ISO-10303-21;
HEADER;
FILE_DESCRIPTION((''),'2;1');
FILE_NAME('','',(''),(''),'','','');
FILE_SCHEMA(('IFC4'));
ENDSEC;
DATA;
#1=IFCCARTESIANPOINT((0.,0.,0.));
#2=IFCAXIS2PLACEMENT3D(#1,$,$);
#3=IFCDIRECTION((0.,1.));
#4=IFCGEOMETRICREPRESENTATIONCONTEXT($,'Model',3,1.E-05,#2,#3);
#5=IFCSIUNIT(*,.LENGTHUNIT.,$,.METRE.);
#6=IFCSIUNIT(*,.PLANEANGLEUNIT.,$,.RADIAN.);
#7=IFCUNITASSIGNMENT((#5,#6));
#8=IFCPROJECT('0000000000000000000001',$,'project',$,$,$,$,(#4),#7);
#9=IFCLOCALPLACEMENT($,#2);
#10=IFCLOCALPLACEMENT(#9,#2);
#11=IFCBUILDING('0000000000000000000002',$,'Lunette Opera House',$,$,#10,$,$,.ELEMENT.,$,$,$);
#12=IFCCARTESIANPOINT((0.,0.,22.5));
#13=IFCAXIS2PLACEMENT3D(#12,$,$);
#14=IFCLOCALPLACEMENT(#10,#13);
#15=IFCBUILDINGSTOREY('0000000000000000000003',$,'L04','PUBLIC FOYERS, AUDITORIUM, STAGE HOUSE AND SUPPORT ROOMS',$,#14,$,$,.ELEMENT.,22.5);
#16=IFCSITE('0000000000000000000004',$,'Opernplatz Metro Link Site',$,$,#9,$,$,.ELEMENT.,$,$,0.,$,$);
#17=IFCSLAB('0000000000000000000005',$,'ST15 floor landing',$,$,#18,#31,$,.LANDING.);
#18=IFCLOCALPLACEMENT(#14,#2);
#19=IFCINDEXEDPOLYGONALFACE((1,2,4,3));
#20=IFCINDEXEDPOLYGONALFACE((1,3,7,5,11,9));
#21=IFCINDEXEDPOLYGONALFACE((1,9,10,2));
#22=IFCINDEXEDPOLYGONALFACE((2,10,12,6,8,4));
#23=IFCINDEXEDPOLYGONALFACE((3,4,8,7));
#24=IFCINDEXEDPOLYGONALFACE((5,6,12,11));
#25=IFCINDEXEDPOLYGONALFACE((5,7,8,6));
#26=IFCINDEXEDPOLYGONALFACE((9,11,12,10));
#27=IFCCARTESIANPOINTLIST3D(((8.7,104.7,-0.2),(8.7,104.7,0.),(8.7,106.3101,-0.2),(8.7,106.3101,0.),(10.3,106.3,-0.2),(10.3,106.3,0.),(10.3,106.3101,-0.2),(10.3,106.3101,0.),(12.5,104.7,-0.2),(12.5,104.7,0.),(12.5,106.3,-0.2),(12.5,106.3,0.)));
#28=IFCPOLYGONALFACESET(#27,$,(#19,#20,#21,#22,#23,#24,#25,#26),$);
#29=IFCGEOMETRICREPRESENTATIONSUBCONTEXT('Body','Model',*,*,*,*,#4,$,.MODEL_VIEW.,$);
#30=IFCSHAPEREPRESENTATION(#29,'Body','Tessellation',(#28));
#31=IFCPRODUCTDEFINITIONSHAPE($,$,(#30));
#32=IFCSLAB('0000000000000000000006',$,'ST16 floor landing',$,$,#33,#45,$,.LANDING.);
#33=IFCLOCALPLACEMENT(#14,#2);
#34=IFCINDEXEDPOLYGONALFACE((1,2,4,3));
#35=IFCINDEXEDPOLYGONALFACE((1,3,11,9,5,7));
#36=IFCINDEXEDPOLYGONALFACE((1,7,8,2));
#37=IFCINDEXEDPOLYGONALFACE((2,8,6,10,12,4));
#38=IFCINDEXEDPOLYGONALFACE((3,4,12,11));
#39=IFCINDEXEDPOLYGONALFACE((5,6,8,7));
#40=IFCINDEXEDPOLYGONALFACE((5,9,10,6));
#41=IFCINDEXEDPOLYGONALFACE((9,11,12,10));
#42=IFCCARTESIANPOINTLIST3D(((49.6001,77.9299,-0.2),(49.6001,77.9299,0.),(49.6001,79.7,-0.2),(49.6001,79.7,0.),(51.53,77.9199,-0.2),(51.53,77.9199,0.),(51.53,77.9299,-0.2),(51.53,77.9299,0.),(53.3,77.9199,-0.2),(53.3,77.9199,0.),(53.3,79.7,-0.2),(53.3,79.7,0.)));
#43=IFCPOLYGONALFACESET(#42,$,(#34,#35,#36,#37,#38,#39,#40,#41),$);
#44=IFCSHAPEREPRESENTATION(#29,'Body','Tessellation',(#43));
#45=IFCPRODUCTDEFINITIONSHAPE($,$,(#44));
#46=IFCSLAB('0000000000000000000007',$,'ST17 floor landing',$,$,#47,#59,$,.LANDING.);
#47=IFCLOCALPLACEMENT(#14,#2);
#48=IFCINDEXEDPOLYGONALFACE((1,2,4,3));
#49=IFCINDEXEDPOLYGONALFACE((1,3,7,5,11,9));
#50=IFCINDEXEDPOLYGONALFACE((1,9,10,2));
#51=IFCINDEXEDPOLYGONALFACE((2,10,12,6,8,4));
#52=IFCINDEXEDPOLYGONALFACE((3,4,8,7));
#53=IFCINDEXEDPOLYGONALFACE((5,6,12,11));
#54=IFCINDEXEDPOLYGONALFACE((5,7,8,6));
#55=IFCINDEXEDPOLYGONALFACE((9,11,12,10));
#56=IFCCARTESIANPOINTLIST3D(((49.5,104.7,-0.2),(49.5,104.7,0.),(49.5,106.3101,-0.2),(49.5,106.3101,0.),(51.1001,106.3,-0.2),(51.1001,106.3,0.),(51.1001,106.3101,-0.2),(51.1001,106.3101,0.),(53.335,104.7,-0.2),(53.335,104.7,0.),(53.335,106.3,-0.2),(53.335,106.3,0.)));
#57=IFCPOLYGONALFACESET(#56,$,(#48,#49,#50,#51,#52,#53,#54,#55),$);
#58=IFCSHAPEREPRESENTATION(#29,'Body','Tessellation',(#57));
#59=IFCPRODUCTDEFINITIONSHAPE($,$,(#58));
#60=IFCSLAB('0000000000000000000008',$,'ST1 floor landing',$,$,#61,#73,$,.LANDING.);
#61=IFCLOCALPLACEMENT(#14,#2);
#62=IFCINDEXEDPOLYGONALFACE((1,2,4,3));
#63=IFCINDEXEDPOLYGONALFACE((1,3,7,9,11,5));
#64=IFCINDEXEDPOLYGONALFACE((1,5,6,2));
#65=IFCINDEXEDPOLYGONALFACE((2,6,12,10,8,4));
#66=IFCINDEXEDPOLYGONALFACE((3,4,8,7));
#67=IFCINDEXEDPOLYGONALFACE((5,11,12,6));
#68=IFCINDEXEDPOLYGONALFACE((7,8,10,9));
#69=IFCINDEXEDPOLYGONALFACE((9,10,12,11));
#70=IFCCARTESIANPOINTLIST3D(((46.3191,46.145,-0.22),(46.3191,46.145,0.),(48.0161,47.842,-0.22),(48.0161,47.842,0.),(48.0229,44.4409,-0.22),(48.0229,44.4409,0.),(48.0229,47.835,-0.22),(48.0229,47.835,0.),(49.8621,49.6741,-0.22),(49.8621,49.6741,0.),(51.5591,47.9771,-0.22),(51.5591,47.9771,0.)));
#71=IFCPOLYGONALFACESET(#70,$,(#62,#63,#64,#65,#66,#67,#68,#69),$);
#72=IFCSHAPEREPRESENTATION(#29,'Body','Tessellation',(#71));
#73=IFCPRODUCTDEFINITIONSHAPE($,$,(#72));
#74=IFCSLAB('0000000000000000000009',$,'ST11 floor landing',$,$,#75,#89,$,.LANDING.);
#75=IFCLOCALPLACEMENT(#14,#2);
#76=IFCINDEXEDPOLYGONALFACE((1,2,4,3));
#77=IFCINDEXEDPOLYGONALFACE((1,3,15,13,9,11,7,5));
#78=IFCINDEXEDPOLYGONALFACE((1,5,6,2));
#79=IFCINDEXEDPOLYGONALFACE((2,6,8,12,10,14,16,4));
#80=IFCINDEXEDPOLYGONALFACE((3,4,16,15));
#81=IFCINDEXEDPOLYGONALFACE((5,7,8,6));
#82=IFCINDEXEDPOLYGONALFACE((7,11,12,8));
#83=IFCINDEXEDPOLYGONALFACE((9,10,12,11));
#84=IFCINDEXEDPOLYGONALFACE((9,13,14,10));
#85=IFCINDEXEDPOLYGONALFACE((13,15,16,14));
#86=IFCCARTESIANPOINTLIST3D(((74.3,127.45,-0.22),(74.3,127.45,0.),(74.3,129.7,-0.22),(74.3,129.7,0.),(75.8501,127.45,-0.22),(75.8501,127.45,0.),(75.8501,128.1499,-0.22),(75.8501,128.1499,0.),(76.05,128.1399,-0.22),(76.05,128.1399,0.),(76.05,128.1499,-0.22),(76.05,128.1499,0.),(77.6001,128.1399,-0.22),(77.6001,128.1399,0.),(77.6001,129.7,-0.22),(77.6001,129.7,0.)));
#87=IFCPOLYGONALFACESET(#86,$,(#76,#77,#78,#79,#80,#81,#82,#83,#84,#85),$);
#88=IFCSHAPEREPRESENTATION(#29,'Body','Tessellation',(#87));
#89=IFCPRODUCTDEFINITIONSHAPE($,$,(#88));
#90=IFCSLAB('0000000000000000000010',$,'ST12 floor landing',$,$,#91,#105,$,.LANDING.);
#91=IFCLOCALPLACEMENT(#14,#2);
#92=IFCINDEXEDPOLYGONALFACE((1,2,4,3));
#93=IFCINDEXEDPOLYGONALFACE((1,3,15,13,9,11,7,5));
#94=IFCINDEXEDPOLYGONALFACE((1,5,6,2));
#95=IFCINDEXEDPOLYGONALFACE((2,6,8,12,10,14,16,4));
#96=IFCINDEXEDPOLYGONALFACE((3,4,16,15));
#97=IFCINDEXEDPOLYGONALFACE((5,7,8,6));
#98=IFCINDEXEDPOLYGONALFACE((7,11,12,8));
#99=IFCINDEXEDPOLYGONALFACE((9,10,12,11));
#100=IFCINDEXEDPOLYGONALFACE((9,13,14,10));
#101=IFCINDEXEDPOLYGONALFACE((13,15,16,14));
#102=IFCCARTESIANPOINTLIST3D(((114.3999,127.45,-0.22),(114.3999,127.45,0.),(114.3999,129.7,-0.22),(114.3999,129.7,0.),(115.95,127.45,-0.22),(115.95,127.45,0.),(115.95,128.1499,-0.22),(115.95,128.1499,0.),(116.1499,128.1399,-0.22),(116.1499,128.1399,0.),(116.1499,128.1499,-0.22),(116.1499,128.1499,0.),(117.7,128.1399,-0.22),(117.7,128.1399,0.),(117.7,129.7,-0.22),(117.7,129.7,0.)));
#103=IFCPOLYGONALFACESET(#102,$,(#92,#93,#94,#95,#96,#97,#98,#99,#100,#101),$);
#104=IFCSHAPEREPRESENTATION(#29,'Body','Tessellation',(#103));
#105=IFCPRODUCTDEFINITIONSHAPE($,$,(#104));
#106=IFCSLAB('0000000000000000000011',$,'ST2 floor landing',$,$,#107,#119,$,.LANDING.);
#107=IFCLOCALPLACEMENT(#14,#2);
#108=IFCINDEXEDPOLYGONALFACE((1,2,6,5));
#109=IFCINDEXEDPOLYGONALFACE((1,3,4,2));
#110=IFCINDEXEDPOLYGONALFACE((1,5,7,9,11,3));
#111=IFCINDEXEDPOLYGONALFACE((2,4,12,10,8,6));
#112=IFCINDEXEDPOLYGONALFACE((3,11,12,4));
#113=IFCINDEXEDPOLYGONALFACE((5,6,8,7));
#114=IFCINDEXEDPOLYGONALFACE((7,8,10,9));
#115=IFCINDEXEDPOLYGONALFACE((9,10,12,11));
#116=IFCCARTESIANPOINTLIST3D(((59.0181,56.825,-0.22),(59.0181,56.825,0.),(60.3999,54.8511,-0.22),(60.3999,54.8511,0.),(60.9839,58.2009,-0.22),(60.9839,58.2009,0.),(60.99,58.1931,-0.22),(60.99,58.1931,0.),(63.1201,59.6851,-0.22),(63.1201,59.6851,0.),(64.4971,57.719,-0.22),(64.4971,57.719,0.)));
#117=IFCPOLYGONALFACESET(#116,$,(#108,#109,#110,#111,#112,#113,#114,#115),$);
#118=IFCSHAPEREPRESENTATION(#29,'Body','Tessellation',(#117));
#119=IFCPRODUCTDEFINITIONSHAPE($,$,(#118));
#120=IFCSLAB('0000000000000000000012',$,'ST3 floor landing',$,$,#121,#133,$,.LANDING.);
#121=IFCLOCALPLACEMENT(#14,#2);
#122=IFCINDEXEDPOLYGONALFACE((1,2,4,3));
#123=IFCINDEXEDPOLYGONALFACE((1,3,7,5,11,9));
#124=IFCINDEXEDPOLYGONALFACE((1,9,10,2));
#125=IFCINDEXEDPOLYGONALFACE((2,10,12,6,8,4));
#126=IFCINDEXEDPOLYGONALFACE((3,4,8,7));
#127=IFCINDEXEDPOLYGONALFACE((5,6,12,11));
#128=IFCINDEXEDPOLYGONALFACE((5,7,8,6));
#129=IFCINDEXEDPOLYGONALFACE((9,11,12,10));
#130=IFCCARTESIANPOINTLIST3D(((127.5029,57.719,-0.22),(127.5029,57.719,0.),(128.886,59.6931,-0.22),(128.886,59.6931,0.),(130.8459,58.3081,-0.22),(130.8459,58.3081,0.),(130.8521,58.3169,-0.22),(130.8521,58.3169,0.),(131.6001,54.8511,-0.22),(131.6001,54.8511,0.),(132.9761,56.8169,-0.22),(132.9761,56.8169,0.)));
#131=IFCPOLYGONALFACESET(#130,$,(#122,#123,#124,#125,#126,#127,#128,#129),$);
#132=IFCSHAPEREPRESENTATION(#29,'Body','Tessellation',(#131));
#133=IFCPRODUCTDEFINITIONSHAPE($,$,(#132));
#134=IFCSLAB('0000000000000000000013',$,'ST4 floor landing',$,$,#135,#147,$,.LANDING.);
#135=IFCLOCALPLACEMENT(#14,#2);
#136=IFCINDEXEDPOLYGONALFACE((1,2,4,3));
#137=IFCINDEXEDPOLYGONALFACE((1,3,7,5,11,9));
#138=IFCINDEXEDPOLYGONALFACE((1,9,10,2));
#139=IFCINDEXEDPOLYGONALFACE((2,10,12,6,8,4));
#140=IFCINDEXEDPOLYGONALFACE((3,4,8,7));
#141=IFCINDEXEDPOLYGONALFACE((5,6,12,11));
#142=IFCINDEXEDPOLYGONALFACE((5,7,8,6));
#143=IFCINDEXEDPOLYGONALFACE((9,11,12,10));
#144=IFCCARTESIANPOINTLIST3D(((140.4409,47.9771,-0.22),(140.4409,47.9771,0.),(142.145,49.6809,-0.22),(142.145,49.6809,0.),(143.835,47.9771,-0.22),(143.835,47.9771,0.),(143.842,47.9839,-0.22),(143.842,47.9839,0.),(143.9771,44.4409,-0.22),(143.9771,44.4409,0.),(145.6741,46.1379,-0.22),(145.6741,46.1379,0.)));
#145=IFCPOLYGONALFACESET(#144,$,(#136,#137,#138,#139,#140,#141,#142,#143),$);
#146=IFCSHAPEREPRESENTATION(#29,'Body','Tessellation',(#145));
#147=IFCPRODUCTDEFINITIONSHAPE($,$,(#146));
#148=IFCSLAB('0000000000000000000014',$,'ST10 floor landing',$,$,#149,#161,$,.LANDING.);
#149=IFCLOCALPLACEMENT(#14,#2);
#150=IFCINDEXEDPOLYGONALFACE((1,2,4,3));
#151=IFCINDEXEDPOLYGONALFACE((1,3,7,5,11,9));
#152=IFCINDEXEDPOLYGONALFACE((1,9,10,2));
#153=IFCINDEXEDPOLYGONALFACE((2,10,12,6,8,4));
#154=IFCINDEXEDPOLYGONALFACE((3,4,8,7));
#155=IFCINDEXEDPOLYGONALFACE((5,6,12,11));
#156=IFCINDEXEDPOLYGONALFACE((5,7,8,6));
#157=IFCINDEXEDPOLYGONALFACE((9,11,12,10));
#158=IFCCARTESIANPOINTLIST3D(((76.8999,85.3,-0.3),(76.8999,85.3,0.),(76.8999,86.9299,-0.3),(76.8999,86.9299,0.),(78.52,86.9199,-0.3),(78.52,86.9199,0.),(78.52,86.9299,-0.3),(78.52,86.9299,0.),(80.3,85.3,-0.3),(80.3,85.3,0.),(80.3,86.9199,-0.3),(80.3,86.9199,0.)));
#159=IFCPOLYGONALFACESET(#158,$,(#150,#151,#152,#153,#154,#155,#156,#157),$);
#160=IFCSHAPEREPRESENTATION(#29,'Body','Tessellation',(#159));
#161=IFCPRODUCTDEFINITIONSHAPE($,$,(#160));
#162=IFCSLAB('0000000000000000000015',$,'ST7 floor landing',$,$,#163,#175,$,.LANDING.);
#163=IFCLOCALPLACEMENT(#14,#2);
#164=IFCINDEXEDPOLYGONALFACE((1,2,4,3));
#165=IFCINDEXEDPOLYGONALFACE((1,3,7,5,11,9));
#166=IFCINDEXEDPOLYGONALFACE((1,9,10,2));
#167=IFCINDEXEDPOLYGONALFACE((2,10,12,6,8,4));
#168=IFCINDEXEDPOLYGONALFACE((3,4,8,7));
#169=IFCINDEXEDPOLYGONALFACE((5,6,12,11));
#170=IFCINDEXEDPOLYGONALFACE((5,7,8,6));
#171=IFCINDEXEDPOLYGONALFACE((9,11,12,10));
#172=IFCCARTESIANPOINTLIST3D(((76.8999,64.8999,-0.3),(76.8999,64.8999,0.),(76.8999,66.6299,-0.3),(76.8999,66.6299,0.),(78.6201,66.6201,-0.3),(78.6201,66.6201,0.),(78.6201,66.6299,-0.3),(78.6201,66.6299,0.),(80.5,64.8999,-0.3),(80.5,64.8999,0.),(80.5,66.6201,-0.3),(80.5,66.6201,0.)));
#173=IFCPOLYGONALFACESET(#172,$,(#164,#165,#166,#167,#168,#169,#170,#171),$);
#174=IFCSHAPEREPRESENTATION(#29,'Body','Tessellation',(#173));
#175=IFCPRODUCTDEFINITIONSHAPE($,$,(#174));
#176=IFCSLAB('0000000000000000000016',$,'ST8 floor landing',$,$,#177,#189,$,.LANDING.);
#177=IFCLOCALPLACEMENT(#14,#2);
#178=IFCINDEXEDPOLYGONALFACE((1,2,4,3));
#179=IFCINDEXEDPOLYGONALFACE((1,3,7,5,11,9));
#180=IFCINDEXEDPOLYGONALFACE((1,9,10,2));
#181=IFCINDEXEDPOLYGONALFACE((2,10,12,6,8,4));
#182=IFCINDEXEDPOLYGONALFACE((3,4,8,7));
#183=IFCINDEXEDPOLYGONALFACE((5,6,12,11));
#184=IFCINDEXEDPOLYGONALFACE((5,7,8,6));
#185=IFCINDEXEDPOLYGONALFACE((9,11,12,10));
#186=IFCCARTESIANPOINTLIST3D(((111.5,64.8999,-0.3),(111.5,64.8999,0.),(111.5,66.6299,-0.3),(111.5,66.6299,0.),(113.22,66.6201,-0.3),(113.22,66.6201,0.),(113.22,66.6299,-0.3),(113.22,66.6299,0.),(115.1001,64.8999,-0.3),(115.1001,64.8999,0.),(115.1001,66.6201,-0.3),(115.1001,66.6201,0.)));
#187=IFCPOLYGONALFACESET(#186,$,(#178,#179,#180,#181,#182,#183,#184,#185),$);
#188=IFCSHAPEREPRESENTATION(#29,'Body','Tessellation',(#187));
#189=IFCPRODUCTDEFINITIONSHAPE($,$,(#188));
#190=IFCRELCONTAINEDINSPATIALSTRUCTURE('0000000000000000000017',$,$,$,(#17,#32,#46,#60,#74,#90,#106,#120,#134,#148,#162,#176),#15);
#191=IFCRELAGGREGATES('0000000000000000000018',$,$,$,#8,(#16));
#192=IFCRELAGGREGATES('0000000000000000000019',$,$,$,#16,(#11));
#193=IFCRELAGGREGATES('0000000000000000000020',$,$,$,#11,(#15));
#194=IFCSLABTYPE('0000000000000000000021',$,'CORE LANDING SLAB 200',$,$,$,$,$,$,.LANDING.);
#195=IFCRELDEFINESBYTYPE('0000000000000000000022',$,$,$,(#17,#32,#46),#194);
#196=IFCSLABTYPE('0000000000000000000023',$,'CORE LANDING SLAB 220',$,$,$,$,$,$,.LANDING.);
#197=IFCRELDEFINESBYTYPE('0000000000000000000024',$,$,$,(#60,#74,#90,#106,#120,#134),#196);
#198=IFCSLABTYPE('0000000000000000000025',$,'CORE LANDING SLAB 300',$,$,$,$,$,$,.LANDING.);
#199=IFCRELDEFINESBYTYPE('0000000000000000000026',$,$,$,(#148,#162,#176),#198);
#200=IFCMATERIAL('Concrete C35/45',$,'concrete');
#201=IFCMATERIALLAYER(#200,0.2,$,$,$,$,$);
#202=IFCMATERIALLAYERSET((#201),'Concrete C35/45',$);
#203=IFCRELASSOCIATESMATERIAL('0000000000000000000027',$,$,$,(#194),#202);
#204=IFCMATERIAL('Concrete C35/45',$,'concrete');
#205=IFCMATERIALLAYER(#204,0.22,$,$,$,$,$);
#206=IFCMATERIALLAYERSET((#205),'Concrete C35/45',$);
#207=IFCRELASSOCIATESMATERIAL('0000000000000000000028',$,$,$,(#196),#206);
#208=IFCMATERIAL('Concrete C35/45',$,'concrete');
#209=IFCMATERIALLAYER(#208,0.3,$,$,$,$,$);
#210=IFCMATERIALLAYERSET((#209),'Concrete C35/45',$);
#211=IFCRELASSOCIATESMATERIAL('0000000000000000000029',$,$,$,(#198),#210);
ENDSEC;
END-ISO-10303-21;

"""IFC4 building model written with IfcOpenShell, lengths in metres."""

from ifc_helpers import new_model, si_unit, direction, frame, origin, place, context, subcontext, project, spatial, polyline, outline, extrude, material, layer, layer_set, type_object, element, save


model = new_model("IFC4")

# Units and contexts
model_context = context("Model", 3, precision=1e-05, world=origin(), true_north=direction((0.0, 1.0)))
body_context = subcontext(model_context, "Body", "Model", "MODEL_VIEW")
ifc_project = project(units=[si_unit("LENGTHUNIT", "METRE"), si_unit("PLANEANGLEUNIT", "RADIAN")], contexts=[model_context])

# Site, building, storey
site_placement = place(None, origin())
site = spatial("IfcSite", under=ifc_project, at=site_placement, Name="Opernplatz Metro Link Site", CompositionType="ELEMENT", RefElevation=0.0)
building_placement = place(site_placement, origin())
building = spatial("IfcBuilding", under=site, at=building_placement, Name="Lunette Opera House", CompositionType="ELEMENT")
storey_placement = place(building_placement, frame((0.0, 0.0, 22.5)))
storey = spatial("IfcBuildingStorey", under=building, at=storey_placement, Name="L04", Description="PUBLIC FOYERS, AUDITORIUM, STAGE HOUSE AND SUPPORT ROOMS", CompositionType="ELEMENT", Elevation=22.5)

# Slabs
ifc_material_1 = material(Name="Concrete C35/45", Category="concrete")
ifc_layer_1 = layer(ifc_material_1, 0.2)
ifc_layer_set_1 = layer_set([ifc_layer_1], Name="Concrete C35/45")
slab_type_1 = type_object("IfcSlabType", Name="CORE LANDING SLAB 200", PredefinedType="LANDING", material=ifc_layer_set_1)
slab_1_placement = place(storey_placement, frame((0.0, 0.0, -0.2)))
element("IfcSlab", 1, at=slab_1_placement, inside=storey, type_object=slab_type_1, Name="ST15 floor landing", PredefinedType="LANDING", context=body_context, shape_type="SweptSolid", body=[
    extrude(outline(polyline([(8.7, 106.3101), (10.3, 106.3101), (10.3, 106.3), (12.5, 106.3), (12.5, 104.7), (8.7, 104.7), (8.7, 106.3101)])), origin(), (0.0, 0.0, 1.0), 0.2),
])
slab_2_placement = place(storey_placement, frame((0.0, 0.0, -0.2)))
element("IfcSlab", 2, at=slab_2_placement, inside=storey, type_object=slab_type_1, Name="ST16 floor landing", PredefinedType="LANDING", context=body_context, shape_type="SweptSolid", body=[
    extrude(outline(polyline([(53.3, 77.9199), (51.53, 77.9199), (51.53, 77.9299), (49.6001, 77.9299), (49.6001, 79.7), (53.3, 79.7), (53.3, 77.9199)])), origin(), (0.0, 0.0, 1.0), 0.2),
])
slab_3_placement = place(storey_placement, frame((0.0, 0.0, -0.2)))
element("IfcSlab", 3, at=slab_3_placement, inside=storey, type_object=slab_type_1, Name="ST17 floor landing", PredefinedType="LANDING", context=body_context, shape_type="SweptSolid", body=[
    extrude(outline(polyline([(53.335, 106.3), (53.335, 104.7), (49.5, 104.7), (49.5, 106.3101), (51.1001, 106.3101), (51.1001, 106.3), (53.335, 106.3)])), origin(), (0.0, 0.0, 1.0), 0.2),
])
ifc_material_2 = material(Name="Concrete C35/45", Category="concrete")
ifc_layer_2 = layer(ifc_material_2, 0.22)
ifc_layer_set_2 = layer_set([ifc_layer_2], Name="Concrete C35/45")
slab_type_2 = type_object("IfcSlabType", Name="CORE LANDING SLAB 220", PredefinedType="LANDING", material=ifc_layer_set_2)
slab_4_placement = place(storey_placement, frame((0.0, 0.0, -0.22)))
element("IfcSlab", 4, at=slab_4_placement, inside=storey, type_object=slab_type_2, Name="ST1 floor landing", PredefinedType="LANDING", context=body_context, shape_type="SweptSolid", body=[
    extrude(outline(polyline([(48.0229, 44.4409), (46.3191, 46.145), (48.0161, 47.842), (48.0229, 47.835), (49.8621, 49.6741), (51.5591, 47.9771), (48.0229, 44.4409)])), origin(), (0.0, 0.0, 1.0), 0.22),
])
slab_5_placement = place(storey_placement, frame((0.0, 0.0, -0.22)))
element("IfcSlab", 5, at=slab_5_placement, inside=storey, type_object=slab_type_2, Name="ST11 floor landing", PredefinedType="LANDING", context=body_context, shape_type="SweptSolid", body=[
    extrude(outline(polyline([(77.6001, 129.7), (77.6001, 128.1399), (76.05, 128.1399), (76.05, 128.1499), (75.8501, 128.1499), (75.8501, 127.45), (74.3, 127.45), (74.3, 129.7), (77.6001, 129.7)])), origin(), (0.0, 0.0, 1.0), 0.22),
])
slab_6_placement = place(storey_placement, frame((0.0, 0.0, -0.22)))
element("IfcSlab", 6, at=slab_6_placement, inside=storey, type_object=slab_type_2, Name="ST12 floor landing", PredefinedType="LANDING", context=body_context, shape_type="SweptSolid", body=[
    extrude(outline(polyline([(117.7, 128.1399), (116.1499, 128.1399), (116.1499, 128.1499), (115.95, 128.1499), (115.95, 127.45), (114.3999, 127.45), (114.3999, 129.7), (117.7, 129.7), (117.7, 128.1399)])), origin(), (0.0, 0.0, 1.0), 0.22),
])
slab_7_placement = place(storey_placement, frame((0.0, 0.0, -0.22)))
element("IfcSlab", 7, at=slab_7_placement, inside=storey, type_object=slab_type_2, Name="ST2 floor landing", PredefinedType="LANDING", context=body_context, shape_type="SweptSolid", body=[
    extrude(outline(polyline([(60.3999, 54.8511), (59.0181, 56.825), (60.9839, 58.2009), (60.99, 58.1931), (63.1201, 59.6851), (64.4971, 57.719), (60.3999, 54.8511)])), origin(), (0.0, 0.0, 1.0), 0.22),
])
slab_8_placement = place(storey_placement, frame((0.0, 0.0, -0.22)))
element("IfcSlab", 8, at=slab_8_placement, inside=storey, type_object=slab_type_2, Name="ST3 floor landing", PredefinedType="LANDING", context=body_context, shape_type="SweptSolid", body=[
    extrude(outline(polyline([(132.9761, 56.8169), (131.6001, 54.8511), (127.5029, 57.719), (128.886, 59.6931), (130.8521, 58.3169), (130.8459, 58.3081), (132.9761, 56.8169)])), origin(), (0.0, 0.0, 1.0), 0.22),
])
slab_9_placement = place(storey_placement, frame((0.0, 0.0, -0.22)))
element("IfcSlab", 9, at=slab_9_placement, inside=storey, type_object=slab_type_2, Name="ST4 floor landing", PredefinedType="LANDING", context=body_context, shape_type="SweptSolid", body=[
    extrude(outline(polyline([(145.6741, 46.1379), (143.9771, 44.4409), (140.4409, 47.9771), (142.145, 49.6809), (143.842, 47.9839), (143.835, 47.9771), (145.6741, 46.1379)])), origin(), (0.0, 0.0, 1.0), 0.22),
])
ifc_material_3 = material(Name="Concrete C35/45", Category="concrete")
ifc_layer_3 = layer(ifc_material_3, 0.3)
ifc_layer_set_3 = layer_set([ifc_layer_3], Name="Concrete C35/45")
slab_type_3 = type_object("IfcSlabType", Name="CORE LANDING SLAB 300", PredefinedType="LANDING", material=ifc_layer_set_3)
slab_10_placement = place(storey_placement, frame((0.0, 0.0, -0.3)))
element("IfcSlab", 10, at=slab_10_placement, inside=storey, type_object=slab_type_3, Name="ST10 floor landing", PredefinedType="LANDING", context=body_context, shape_type="SweptSolid", body=[
    extrude(outline(polyline([(80.3, 86.9199), (80.3, 85.3), (76.8999, 85.3), (76.8999, 86.9299), (78.52, 86.9299), (78.52, 86.9199), (80.3, 86.9199)])), origin(), (0.0, 0.0, 1.0), 0.3),
])
slab_11_placement = place(storey_placement, frame((0.0, 0.0, -0.3)))
element("IfcSlab", 11, at=slab_11_placement, inside=storey, type_object=slab_type_3, Name="ST7 floor landing", PredefinedType="LANDING", context=body_context, shape_type="SweptSolid", body=[
    extrude(outline(polyline([(80.5, 66.6201), (80.5, 64.8999), (76.8999, 64.8999), (76.8999, 66.6299), (78.6201, 66.6299), (78.6201, 66.6201), (80.5, 66.6201)])), origin(), (0.0, 0.0, 1.0), 0.3),
])
slab_12_placement = place(storey_placement, frame((0.0, 0.0, -0.3)))
element("IfcSlab", 12, at=slab_12_placement, inside=storey, type_object=slab_type_3, Name="ST8 floor landing", PredefinedType="LANDING", context=body_context, shape_type="SweptSolid", body=[
    extrude(outline(polyline([(115.1001, 66.6201), (115.1001, 64.8999), (111.5, 64.8999), (111.5, 66.6299), (113.22, 66.6299), (113.22, 66.6201), (115.1001, 66.6201)])), origin(), (0.0, 0.0, 1.0), 0.3),
])

save(model, "model.ifc")
